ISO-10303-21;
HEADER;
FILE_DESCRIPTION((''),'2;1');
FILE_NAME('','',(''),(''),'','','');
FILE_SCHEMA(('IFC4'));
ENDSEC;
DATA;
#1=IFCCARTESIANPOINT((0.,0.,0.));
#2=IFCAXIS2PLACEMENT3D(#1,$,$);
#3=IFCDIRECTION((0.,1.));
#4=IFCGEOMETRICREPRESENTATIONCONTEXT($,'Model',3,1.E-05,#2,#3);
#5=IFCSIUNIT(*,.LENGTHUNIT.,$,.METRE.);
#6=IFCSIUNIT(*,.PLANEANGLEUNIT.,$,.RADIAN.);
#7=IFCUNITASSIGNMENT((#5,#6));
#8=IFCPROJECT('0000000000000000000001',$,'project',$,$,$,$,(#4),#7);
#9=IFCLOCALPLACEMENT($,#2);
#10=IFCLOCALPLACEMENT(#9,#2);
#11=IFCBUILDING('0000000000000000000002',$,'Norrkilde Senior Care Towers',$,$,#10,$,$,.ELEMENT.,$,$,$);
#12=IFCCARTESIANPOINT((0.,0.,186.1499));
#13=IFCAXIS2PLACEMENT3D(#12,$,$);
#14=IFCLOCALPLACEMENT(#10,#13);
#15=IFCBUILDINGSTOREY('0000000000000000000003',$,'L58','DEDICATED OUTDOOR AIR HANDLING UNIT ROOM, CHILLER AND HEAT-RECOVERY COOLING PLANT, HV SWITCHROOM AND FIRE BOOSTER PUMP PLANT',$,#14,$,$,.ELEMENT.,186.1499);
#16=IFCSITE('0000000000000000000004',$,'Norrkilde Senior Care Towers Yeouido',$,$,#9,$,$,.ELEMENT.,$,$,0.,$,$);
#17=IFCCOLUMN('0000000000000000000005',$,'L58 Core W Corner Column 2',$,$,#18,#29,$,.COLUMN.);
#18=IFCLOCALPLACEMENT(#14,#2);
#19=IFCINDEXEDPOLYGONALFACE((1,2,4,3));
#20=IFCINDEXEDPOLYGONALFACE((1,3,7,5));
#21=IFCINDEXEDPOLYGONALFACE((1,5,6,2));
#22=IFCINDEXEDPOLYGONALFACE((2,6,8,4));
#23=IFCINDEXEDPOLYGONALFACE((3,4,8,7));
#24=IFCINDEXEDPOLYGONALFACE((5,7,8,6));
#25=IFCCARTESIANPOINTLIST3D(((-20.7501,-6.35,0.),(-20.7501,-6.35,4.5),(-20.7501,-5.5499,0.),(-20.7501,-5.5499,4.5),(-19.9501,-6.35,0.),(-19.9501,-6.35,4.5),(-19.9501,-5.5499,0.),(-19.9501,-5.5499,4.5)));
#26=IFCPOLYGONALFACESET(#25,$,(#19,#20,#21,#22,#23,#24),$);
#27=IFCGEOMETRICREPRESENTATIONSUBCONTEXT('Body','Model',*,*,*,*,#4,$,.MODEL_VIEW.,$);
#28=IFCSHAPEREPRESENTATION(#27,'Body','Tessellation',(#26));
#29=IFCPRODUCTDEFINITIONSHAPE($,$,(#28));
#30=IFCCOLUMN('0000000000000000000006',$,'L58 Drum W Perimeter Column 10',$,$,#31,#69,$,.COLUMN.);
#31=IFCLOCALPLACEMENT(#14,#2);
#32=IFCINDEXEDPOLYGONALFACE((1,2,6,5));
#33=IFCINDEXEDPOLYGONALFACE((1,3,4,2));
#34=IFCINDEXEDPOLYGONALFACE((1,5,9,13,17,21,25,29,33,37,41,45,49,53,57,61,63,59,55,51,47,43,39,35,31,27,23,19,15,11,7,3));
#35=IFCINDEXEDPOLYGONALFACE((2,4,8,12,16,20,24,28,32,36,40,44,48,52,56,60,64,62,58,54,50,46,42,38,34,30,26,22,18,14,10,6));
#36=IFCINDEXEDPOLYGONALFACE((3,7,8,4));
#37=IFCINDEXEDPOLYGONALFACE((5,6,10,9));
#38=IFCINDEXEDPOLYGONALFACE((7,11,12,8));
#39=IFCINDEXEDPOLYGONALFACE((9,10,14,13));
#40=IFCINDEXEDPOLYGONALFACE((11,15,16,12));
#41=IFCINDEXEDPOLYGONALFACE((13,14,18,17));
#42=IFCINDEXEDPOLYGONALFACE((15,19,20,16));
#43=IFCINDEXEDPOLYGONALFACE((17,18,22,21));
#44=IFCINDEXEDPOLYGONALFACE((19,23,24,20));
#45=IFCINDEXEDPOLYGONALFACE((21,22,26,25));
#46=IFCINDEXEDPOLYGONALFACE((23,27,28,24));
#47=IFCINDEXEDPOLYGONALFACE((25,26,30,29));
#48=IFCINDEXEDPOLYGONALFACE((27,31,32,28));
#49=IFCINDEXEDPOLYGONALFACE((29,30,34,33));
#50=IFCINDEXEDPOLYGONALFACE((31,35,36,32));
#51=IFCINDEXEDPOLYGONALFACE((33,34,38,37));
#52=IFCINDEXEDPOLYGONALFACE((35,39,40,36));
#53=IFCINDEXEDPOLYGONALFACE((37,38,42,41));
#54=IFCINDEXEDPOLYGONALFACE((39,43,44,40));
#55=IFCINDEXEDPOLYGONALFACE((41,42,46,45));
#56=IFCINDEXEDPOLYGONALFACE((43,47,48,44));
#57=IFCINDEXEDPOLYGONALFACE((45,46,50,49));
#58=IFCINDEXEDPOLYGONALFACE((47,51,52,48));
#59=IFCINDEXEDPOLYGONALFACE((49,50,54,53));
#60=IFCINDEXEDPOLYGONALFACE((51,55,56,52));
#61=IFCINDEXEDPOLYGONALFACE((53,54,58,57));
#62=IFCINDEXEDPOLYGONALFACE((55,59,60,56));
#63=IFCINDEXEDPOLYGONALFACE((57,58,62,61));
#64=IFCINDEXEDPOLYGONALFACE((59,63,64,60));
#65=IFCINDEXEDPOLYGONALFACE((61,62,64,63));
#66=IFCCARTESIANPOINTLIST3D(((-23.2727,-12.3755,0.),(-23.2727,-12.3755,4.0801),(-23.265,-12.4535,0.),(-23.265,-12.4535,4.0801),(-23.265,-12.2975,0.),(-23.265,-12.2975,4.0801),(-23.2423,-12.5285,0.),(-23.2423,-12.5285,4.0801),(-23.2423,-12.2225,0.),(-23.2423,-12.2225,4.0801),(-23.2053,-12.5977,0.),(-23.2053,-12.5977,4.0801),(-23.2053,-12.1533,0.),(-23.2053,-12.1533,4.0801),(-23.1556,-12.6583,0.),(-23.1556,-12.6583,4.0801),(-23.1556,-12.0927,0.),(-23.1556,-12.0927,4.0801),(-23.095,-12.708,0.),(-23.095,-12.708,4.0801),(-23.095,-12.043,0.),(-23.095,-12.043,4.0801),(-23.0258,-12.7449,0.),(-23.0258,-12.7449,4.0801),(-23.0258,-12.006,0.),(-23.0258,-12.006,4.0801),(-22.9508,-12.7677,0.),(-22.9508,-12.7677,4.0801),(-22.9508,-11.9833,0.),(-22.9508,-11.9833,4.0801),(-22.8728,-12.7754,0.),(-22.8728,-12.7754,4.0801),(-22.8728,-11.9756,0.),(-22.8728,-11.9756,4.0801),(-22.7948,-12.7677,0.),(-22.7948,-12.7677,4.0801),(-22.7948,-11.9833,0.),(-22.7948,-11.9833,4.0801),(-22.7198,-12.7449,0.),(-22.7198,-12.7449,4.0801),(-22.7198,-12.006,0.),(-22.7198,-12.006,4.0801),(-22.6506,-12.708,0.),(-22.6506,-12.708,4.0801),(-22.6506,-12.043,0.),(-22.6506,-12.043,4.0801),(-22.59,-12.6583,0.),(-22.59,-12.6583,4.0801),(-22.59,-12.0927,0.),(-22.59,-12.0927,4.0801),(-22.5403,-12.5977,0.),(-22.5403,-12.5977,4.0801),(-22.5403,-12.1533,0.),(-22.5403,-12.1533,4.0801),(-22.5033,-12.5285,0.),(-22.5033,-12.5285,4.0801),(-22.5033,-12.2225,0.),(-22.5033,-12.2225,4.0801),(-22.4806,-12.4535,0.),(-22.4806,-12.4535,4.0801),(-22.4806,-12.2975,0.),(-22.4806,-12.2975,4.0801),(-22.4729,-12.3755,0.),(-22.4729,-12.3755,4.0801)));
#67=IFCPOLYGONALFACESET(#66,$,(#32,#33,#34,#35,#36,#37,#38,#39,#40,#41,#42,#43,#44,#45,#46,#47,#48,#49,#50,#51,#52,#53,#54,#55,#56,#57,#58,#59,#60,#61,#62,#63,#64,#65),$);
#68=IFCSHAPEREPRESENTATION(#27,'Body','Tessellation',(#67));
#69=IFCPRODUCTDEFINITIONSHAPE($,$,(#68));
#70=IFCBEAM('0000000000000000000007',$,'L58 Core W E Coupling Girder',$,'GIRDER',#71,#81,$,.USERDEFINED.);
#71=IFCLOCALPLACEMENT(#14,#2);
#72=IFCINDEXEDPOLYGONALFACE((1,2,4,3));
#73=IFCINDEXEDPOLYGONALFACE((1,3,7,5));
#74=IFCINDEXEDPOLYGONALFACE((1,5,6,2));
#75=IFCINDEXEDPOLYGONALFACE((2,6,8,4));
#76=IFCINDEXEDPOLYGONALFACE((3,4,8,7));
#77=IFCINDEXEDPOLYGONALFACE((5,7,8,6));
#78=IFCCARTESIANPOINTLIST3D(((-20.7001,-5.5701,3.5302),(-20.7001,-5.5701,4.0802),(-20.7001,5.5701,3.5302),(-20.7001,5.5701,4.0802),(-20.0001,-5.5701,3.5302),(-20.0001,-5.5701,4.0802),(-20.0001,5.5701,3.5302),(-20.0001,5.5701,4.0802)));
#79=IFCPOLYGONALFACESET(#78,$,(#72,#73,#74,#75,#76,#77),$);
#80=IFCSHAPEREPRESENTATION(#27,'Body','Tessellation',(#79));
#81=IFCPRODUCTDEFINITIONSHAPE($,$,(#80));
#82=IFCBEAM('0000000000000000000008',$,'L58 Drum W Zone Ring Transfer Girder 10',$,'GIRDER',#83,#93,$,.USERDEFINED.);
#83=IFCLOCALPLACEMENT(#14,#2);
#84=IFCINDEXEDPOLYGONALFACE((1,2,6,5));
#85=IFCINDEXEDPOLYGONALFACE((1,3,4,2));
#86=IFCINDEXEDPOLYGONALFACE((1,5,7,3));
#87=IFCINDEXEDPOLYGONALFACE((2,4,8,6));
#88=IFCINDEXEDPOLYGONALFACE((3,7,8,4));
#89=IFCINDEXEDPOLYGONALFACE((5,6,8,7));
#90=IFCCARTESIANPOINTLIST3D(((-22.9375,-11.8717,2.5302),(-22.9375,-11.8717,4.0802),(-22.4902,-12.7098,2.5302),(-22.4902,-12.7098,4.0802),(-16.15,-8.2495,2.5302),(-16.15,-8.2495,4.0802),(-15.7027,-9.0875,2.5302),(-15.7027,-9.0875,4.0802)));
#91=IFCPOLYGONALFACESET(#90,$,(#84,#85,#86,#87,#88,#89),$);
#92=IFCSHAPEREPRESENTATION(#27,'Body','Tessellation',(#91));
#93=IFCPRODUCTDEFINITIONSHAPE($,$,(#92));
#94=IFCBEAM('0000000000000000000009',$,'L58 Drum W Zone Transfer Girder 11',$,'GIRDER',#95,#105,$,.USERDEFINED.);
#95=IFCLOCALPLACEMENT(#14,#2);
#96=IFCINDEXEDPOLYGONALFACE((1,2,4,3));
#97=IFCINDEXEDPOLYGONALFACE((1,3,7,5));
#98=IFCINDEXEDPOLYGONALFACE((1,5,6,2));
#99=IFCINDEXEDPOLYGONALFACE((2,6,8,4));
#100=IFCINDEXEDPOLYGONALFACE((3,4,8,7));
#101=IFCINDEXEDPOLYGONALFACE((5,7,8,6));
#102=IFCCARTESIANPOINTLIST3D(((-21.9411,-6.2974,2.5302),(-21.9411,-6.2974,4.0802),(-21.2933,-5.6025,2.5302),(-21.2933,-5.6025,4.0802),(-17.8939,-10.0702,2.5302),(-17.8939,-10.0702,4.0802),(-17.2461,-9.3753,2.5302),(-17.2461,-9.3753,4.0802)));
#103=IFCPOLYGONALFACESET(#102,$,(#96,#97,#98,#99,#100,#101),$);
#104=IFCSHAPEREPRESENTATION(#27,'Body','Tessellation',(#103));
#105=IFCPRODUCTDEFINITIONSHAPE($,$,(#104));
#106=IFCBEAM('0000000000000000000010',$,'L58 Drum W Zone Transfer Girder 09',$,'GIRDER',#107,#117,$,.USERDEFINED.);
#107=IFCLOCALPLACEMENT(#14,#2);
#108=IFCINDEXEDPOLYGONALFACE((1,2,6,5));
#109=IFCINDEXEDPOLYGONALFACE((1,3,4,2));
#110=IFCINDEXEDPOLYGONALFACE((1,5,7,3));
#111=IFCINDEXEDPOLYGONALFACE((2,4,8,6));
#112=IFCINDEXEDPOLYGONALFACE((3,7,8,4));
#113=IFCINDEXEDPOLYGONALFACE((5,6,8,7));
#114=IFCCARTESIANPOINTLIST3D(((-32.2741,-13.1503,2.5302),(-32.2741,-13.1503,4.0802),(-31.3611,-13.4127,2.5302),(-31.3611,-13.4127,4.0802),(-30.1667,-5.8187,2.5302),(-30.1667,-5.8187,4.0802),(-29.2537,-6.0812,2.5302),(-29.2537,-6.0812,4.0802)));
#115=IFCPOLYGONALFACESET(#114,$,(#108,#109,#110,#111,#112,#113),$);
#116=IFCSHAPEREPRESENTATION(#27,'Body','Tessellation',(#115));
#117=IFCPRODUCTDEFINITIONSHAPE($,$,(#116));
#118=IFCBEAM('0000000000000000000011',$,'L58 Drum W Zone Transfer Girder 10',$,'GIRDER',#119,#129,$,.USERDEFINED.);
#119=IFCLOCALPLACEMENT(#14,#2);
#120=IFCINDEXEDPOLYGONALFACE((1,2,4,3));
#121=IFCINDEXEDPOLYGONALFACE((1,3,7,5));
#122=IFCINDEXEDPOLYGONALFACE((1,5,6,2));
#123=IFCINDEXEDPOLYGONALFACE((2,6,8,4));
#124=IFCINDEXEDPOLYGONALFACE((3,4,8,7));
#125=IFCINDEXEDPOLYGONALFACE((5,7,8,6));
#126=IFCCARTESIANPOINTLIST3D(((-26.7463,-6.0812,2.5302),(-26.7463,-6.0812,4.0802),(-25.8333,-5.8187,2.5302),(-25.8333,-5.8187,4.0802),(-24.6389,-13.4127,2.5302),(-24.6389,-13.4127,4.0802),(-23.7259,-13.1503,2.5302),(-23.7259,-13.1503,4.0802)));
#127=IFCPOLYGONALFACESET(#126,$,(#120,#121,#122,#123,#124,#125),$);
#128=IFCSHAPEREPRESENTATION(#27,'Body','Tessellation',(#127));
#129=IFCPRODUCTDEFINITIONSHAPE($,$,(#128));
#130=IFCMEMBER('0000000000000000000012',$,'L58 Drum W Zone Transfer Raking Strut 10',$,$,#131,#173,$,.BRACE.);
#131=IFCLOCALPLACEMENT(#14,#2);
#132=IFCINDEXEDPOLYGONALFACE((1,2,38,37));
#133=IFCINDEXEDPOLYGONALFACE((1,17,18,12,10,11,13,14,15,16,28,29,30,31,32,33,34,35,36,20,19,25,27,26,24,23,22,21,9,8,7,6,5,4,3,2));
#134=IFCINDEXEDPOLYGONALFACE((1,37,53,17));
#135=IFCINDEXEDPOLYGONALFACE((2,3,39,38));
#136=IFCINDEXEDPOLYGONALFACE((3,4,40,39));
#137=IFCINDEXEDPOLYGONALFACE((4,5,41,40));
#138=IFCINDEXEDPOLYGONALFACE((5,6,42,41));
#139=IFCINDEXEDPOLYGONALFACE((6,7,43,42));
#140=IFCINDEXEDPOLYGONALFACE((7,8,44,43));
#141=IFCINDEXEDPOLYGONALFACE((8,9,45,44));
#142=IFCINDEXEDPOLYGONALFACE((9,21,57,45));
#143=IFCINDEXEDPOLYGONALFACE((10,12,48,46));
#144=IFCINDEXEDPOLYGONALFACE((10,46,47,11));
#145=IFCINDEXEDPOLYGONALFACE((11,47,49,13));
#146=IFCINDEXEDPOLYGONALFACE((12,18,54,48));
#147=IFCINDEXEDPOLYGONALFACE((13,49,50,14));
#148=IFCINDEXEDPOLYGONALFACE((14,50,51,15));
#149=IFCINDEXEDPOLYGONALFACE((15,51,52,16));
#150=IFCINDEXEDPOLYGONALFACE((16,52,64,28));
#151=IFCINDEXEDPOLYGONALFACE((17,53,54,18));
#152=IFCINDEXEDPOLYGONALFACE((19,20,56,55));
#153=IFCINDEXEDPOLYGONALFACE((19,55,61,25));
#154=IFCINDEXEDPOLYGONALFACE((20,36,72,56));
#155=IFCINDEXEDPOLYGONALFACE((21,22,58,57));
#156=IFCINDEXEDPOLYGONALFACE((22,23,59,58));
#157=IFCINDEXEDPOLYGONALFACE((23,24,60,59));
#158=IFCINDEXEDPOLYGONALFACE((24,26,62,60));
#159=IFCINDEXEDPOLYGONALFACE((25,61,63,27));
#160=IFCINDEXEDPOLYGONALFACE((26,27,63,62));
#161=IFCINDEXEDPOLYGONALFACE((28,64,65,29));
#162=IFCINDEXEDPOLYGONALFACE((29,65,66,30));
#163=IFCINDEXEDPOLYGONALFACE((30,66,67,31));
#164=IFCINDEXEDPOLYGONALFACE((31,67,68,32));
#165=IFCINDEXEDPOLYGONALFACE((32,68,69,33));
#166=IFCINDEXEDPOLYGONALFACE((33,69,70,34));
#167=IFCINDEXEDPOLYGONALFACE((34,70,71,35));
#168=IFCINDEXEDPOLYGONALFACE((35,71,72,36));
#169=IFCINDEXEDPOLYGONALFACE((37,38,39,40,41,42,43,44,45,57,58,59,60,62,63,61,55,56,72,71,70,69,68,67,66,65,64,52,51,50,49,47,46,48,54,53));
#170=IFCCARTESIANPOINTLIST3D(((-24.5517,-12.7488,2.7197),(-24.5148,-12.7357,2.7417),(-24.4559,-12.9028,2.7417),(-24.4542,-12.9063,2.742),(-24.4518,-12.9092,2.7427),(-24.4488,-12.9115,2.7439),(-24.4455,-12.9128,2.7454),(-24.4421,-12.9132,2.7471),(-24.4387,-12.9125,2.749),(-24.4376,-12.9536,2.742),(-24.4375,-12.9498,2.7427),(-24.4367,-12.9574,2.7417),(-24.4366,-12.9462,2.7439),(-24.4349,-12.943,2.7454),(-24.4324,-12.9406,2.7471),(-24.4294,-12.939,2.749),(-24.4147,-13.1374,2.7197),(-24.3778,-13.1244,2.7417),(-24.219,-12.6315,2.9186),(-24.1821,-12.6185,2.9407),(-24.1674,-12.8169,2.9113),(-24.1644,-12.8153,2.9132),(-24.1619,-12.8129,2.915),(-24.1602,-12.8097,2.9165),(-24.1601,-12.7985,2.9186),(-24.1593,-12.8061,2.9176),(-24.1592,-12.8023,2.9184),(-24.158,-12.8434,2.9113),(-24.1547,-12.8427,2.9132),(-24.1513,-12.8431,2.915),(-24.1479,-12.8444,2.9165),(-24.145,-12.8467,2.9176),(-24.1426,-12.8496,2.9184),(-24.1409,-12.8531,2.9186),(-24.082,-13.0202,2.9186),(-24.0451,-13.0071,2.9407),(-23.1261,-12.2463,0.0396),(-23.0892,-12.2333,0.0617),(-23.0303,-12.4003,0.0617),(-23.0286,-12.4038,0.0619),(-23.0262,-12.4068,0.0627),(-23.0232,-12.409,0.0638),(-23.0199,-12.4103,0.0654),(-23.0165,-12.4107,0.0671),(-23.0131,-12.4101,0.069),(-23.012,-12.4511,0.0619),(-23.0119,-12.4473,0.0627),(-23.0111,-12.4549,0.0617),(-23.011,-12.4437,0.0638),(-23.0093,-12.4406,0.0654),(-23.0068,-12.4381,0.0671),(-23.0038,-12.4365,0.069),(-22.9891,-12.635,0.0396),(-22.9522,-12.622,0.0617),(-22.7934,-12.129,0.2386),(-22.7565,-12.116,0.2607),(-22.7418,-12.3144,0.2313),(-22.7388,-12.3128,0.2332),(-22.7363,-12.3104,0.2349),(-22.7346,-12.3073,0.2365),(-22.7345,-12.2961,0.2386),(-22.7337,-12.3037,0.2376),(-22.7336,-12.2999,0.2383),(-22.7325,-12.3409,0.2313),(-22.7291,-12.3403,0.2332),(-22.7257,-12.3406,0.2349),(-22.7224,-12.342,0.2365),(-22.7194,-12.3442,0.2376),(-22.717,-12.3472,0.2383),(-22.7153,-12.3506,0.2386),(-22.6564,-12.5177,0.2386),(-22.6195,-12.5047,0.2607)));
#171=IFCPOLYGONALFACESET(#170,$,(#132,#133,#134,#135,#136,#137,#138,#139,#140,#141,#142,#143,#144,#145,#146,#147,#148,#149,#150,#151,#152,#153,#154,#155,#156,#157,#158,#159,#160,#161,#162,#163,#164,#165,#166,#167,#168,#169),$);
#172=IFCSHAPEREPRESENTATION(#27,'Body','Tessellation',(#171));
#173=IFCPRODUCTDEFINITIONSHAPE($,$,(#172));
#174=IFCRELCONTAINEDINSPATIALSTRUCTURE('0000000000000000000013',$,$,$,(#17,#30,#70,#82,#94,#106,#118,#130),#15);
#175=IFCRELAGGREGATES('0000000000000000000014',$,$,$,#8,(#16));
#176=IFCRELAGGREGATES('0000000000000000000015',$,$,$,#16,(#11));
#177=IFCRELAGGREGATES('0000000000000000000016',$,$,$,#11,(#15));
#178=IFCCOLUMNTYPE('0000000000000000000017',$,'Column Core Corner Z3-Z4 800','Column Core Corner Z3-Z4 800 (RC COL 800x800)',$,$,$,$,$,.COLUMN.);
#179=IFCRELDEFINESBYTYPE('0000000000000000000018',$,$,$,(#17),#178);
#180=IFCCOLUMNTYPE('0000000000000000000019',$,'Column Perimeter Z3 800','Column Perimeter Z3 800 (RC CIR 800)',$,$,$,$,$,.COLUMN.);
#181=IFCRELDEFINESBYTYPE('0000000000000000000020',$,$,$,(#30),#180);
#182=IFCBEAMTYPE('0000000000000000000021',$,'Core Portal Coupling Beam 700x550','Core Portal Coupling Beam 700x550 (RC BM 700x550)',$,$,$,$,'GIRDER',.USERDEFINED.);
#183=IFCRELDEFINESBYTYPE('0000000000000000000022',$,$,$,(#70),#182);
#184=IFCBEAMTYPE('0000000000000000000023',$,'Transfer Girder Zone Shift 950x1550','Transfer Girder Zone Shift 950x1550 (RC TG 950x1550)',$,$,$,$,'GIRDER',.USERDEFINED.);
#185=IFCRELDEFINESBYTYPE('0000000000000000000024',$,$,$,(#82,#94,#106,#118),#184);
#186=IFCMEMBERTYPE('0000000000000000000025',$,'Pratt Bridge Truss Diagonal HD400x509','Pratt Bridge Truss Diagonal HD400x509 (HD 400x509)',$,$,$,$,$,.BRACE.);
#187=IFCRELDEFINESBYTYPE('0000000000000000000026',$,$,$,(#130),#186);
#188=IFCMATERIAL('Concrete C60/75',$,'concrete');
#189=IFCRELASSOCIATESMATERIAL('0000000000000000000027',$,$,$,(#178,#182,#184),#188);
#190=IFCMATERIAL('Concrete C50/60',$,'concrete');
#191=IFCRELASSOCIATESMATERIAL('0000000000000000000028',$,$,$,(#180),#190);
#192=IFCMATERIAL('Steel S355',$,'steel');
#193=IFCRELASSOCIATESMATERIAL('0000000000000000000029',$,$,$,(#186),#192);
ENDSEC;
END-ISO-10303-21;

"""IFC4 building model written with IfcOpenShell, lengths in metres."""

from ifc_helpers import new_model, si_unit, direction, frame, origin, origin_2d, place, context, subcontext, project, spatial, rectangle, circle, i_section, extrude, source, transform, mapped, material, material_profile, profile_set, type_object, type_shapes, element, save


model = new_model("IFC4")

# Units and contexts
model_context = context("Model", 3, precision=1e-05, world=origin(), true_north=direction((0.0, 1.0)))
body_context = subcontext(model_context, "Body", "Model", "MODEL_VIEW")
ifc_project = project(units=[si_unit("LENGTHUNIT", "METRE"), si_unit("PLANEANGLEUNIT", "RADIAN")], contexts=[model_context])

# Site, building, storey
site_placement = place(None, origin())
site = spatial("IfcSite", under=ifc_project, at=site_placement, Name="Norrkilde Senior Care Towers Yeouido", CompositionType="ELEMENT", RefElevation=0.0)
building_placement = place(site_placement, origin())
building = spatial("IfcBuilding", under=site, at=building_placement, Name="Norrkilde Senior Care Towers", CompositionType="ELEMENT")
storey_placement = place(building_placement, frame((0.0, 0.0, 186.1499)))
storey = spatial("IfcBuildingStorey", under=building, at=storey_placement, Name="L58", Description="DEDICATED OUTDOOR AIR HANDLING UNIT ROOM, CHILLER AND HEAT-RECOVERY COOLING PLANT, HV SWITCHROOM AND FIRE BOOSTER PUMP PLANT", CompositionType="ELEMENT", Elevation=186.1499)

# Columns
ifc_material_1 = material(Name="Concrete C60/75", Category="concrete")
ifc_material_profile_1 = material_profile(ifc_material_1, rectangle(XDim=0.8, YDim=0.8, at=origin_2d()), Name="RC COL 800x800")
ifc_profile_set_1 = profile_set([ifc_material_profile_1], Name="Concrete C60/75")
column_type_1 = type_object("IfcColumnType", Name="Column Core Corner Z3-Z4 800", Description="Column Core Corner Z3-Z4 800 (RC COL 800x800)", PredefinedType="COLUMN", material=ifc_profile_set_1)
shared_shape_1 = source(origin(), body_context, "Body", "SweptSolid", [
    extrude(rectangle(XDim=0.8, YDim=0.8, at=origin_2d()), origin(), (0.0, 0.0, 1.0), 4.5),
])
type_shapes(column_type_1, [shared_shape_1])
column_1_placement = place(storey_placement, frame((-20.3501, -5.95, 0.0), z_axis=(0.0, 0.0, 1.0), x_axis=(1.0, 0.0, 0.0)))
element("IfcColumn", 1, at=column_1_placement, inside=storey, type_object=column_type_1, Name="L58 Core W Corner Column 2", PredefinedType="COLUMN", context=body_context, shape_type="MappedRepresentation", body=[
    mapped(shared_shape_1, transform((0.0, 0.0, 0.0), x_axis=(1.0, 0.0, 0.0), y_axis=(0.0, 1.0, 0.0), z_axis=(0.0, 0.0, 1.0), scale=1.0)),
])
ifc_material_2 = material(Name="Concrete C50/60", Category="concrete")
ifc_material_profile_2 = material_profile(ifc_material_2, circle(Radius=0.3999, at=origin_2d()), Name="RC CIR 800")
ifc_profile_set_2 = profile_set([ifc_material_profile_2], Name="Concrete C50/60")
column_type_2 = type_object("IfcColumnType", Name="Column Perimeter Z3 800", Description="Column Perimeter Z3 800 (RC CIR 800)", PredefinedType="COLUMN", material=ifc_profile_set_2)
shared_shape_2 = source(origin(), body_context, "Body", "SweptSolid", [
    extrude(circle(Radius=0.3999, at=origin_2d()), origin(), (0.0, 0.0, 1.0), 4.0801),
])
type_shapes(column_type_2, [shared_shape_2])
column_2_placement = place(storey_placement, frame((-22.8728, -12.3755, 0.0), z_axis=(0.0, 0.0, 1.0), x_axis=(1.0, 0.0, 0.0)))
element("IfcColumn", 2, at=column_2_placement, inside=storey, type_object=column_type_2, Name="L58 Drum W Perimeter Column 10", PredefinedType="COLUMN", context=body_context, shape_type="MappedRepresentation", body=[
    mapped(shared_shape_2, transform((0.0, 0.0, 0.0), x_axis=(1.0, 0.0, 0.0), y_axis=(0.0, 1.0, 0.0), z_axis=(0.0, 0.0, 1.0), scale=1.0)),
])

# Beams
ifc_material_profile_3 = material_profile(ifc_material_1, rectangle(XDim=0.7, YDim=0.55, at=origin_2d()), Name="RC BM 700x550")
ifc_profile_set_3 = profile_set([ifc_material_profile_3], Name="Concrete C60/75")
beam_type_1 = type_object("IfcBeamType", Name="Core Portal Coupling Beam 700x550", Description="Core Portal Coupling Beam 700x550 (RC BM 700x550)", ElementType="GIRDER", PredefinedType="USERDEFINED", material=ifc_profile_set_3)
shared_shape_3 = source(origin(), body_context, "Body", "SweptSolid", [
    extrude(rectangle(XDim=0.7, YDim=0.55, at=origin_2d()), origin(), (0.0, 0.0, 1.0), 11.1401),
])
type_shapes(beam_type_1, [shared_shape_3])
beam_1_placement = place(storey_placement, frame((-20.3501, -5.5701, 3.8052), z_axis=(0.0, 1.0, 0.0), x_axis=(-1.0, 0.0, 0.0)))
element("IfcBeam", 3, at=beam_1_placement, inside=storey, type_object=beam_type_1, Name="L58 Core W E Coupling Girder", ObjectType="GIRDER", PredefinedType="USERDEFINED", context=body_context, shape_type="MappedRepresentation", body=[
    mapped(shared_shape_3, transform((0.0, 0.0, 0.0), x_axis=(1.0, 0.0, 0.0), y_axis=(0.0, 1.0, 0.0), z_axis=(0.0, 0.0, 1.0), scale=1.0)),
])
ifc_material_profile_4 = material_profile(ifc_material_1, rectangle(XDim=0.95, YDim=1.55, at=origin_2d()), Name="RC TG 950x1550")
ifc_profile_set_4 = profile_set([ifc_material_profile_4], Name="Concrete C60/75")
beam_type_2 = type_object("IfcBeamType", Name="Transfer Girder Zone Shift 950x1550", Description="Transfer Girder Zone Shift 950x1550 (RC TG 950x1550)", ElementType="GIRDER", PredefinedType="USERDEFINED", material=ifc_profile_set_4)
shared_shape_4 = source(origin(), body_context, "Body", "SweptSolid", [
    extrude(rectangle(XDim=0.95, YDim=1.55, at=origin_2d()), origin(), (0.0, 0.0, 1.0), 7.6936),
])
beam_2_placement = place(storey_placement, frame((-22.7139, -12.2908, 3.3052), z_axis=(0.882231, 0.470817, 0.0), x_axis=(-0.470817, 0.882231, 0.0)))
element("IfcBeam", 4, at=beam_2_placement, inside=storey, type_object=beam_type_2, Name="L58 Drum W Zone Ring Transfer Girder 10", ObjectType="GIRDER", PredefinedType="USERDEFINED", context=body_context, shape_type="MappedRepresentation", body=[
    mapped(shared_shape_4, transform((0.0, 0.0, 0.0), x_axis=(1.0, 0.0, 0.0), y_axis=(0.0, 1.0, 0.0), z_axis=(0.0, 0.0, 1.0), scale=1.0)),
])
shared_shape_5 = source(origin(), body_context, "Body", "SweptSolid", [
    extrude(rectangle(XDim=0.95, YDim=1.55, at=origin_2d()), origin(), (0.0, 0.0, 1.0), 5.533),
])
beam_3_placement = place(storey_placement, frame((-21.6172, -5.95, 3.3052), z_axis=(0.73147, -0.681873, 0.0), x_axis=(0.681873, 0.73147, 0.0)))
element("IfcBeam", 5, at=beam_3_placement, inside=storey, type_object=beam_type_2, Name="L58 Drum W Zone Transfer Girder 11", ObjectType="GIRDER", PredefinedType="USERDEFINED", context=body_context, shape_type="MappedRepresentation", body=[
    mapped(shared_shape_5, transform((0.0, 0.0, 0.0), x_axis=(1.0, 0.0, 0.0), y_axis=(0.0, 1.0, 0.0), z_axis=(0.0, 0.0, 1.0), scale=1.0)),
])
shared_shape_6 = source(origin(), body_context, "Body", "SweptSolid", [
    extrude(rectangle(XDim=0.95, YDim=1.55, at=origin_2d()), origin(), (0.0, 0.0, 1.0), 7.6284),
])
for number, where, z_axis, x_axis, name in (
    (6, (-29.7102, -5.95, 3.3052), (-0.276259, -0.961083, 0.0), (0.961083, -0.276259, 0.0), "L58 Drum W Zone Transfer Girder 09"),
    (7, (-26.2898, -5.95, 3.3052), (0.276259, -0.961083, 0.0), (0.961083, 0.276259, 0.0), "L58 Drum W Zone Transfer Girder 10"),
):
    element("IfcBeam", number, at=place(storey_placement, frame(where, z_axis=z_axis, x_axis=x_axis)), inside=storey, type_object=beam_type_2, Name=name, ObjectType="GIRDER", PredefinedType="USERDEFINED", context=body_context, shape_type="MappedRepresentation", body=[
        mapped(shared_shape_6, transform((0.0, 0.0, 0.0), x_axis=(1.0, 0.0, 0.0), y_axis=(0.0, 1.0, 0.0), z_axis=(0.0, 0.0, 1.0), scale=1.0)),
    ])

# Member
ifc_material_3 = material(Name="Steel S355", Category="steel")
ifc_material_profile_5 = material_profile(ifc_material_3, i_section(OverallWidth=0.4121, OverallDepth=0.45, WebThickness=0.0281, FlangeThickness=0.0449, FilletRadius=0.0149, at=origin_2d()), Name="HD 400x509")
ifc_profile_set_5 = profile_set([ifc_material_profile_5], Name="Steel S355")
member_type_1 = type_object("IfcMemberType", Name="Pratt Bridge Truss Diagonal HD400x509", Description="Pratt Bridge Truss Diagonal HD400x509 (HD 400x509)", PredefinedType="BRACE", material=ifc_profile_set_5)
shared_shape_7 = source(origin(), body_context, "Body", "SweptSolid", [
    extrude(i_section(OverallWidth=0.4121, OverallDepth=0.45, WebThickness=0.0281, FlangeThickness=0.0449, FilletRadius=0.0149, at=origin_2d()), origin(), (0.0, 0.0, 1.0), 3.0769),
])
type_shapes(member_type_1, [shared_shape_7])
member_1_placement = place(storey_placement, frame((-22.8728, -12.3755, 0.1501), z_axis=(-0.46332, -0.163301, 0.871015), x_axis=(0.332415, -0.943133, 0.0)))
element("IfcMember", 8, at=member_1_placement, inside=storey, type_object=member_type_1, Name="L58 Drum W Zone Transfer Raking Strut 10", PredefinedType="BRACE", context=body_context, shape_type="MappedRepresentation", body=[
    mapped(shared_shape_7, transform((0.0, 0.0, 0.0), x_axis=(1.0, 0.0, 0.0), y_axis=(0.0, 1.0, 0.0), z_axis=(0.0, 0.0, 1.0), scale=1.0)),
])

save(model, "model.ifc")
